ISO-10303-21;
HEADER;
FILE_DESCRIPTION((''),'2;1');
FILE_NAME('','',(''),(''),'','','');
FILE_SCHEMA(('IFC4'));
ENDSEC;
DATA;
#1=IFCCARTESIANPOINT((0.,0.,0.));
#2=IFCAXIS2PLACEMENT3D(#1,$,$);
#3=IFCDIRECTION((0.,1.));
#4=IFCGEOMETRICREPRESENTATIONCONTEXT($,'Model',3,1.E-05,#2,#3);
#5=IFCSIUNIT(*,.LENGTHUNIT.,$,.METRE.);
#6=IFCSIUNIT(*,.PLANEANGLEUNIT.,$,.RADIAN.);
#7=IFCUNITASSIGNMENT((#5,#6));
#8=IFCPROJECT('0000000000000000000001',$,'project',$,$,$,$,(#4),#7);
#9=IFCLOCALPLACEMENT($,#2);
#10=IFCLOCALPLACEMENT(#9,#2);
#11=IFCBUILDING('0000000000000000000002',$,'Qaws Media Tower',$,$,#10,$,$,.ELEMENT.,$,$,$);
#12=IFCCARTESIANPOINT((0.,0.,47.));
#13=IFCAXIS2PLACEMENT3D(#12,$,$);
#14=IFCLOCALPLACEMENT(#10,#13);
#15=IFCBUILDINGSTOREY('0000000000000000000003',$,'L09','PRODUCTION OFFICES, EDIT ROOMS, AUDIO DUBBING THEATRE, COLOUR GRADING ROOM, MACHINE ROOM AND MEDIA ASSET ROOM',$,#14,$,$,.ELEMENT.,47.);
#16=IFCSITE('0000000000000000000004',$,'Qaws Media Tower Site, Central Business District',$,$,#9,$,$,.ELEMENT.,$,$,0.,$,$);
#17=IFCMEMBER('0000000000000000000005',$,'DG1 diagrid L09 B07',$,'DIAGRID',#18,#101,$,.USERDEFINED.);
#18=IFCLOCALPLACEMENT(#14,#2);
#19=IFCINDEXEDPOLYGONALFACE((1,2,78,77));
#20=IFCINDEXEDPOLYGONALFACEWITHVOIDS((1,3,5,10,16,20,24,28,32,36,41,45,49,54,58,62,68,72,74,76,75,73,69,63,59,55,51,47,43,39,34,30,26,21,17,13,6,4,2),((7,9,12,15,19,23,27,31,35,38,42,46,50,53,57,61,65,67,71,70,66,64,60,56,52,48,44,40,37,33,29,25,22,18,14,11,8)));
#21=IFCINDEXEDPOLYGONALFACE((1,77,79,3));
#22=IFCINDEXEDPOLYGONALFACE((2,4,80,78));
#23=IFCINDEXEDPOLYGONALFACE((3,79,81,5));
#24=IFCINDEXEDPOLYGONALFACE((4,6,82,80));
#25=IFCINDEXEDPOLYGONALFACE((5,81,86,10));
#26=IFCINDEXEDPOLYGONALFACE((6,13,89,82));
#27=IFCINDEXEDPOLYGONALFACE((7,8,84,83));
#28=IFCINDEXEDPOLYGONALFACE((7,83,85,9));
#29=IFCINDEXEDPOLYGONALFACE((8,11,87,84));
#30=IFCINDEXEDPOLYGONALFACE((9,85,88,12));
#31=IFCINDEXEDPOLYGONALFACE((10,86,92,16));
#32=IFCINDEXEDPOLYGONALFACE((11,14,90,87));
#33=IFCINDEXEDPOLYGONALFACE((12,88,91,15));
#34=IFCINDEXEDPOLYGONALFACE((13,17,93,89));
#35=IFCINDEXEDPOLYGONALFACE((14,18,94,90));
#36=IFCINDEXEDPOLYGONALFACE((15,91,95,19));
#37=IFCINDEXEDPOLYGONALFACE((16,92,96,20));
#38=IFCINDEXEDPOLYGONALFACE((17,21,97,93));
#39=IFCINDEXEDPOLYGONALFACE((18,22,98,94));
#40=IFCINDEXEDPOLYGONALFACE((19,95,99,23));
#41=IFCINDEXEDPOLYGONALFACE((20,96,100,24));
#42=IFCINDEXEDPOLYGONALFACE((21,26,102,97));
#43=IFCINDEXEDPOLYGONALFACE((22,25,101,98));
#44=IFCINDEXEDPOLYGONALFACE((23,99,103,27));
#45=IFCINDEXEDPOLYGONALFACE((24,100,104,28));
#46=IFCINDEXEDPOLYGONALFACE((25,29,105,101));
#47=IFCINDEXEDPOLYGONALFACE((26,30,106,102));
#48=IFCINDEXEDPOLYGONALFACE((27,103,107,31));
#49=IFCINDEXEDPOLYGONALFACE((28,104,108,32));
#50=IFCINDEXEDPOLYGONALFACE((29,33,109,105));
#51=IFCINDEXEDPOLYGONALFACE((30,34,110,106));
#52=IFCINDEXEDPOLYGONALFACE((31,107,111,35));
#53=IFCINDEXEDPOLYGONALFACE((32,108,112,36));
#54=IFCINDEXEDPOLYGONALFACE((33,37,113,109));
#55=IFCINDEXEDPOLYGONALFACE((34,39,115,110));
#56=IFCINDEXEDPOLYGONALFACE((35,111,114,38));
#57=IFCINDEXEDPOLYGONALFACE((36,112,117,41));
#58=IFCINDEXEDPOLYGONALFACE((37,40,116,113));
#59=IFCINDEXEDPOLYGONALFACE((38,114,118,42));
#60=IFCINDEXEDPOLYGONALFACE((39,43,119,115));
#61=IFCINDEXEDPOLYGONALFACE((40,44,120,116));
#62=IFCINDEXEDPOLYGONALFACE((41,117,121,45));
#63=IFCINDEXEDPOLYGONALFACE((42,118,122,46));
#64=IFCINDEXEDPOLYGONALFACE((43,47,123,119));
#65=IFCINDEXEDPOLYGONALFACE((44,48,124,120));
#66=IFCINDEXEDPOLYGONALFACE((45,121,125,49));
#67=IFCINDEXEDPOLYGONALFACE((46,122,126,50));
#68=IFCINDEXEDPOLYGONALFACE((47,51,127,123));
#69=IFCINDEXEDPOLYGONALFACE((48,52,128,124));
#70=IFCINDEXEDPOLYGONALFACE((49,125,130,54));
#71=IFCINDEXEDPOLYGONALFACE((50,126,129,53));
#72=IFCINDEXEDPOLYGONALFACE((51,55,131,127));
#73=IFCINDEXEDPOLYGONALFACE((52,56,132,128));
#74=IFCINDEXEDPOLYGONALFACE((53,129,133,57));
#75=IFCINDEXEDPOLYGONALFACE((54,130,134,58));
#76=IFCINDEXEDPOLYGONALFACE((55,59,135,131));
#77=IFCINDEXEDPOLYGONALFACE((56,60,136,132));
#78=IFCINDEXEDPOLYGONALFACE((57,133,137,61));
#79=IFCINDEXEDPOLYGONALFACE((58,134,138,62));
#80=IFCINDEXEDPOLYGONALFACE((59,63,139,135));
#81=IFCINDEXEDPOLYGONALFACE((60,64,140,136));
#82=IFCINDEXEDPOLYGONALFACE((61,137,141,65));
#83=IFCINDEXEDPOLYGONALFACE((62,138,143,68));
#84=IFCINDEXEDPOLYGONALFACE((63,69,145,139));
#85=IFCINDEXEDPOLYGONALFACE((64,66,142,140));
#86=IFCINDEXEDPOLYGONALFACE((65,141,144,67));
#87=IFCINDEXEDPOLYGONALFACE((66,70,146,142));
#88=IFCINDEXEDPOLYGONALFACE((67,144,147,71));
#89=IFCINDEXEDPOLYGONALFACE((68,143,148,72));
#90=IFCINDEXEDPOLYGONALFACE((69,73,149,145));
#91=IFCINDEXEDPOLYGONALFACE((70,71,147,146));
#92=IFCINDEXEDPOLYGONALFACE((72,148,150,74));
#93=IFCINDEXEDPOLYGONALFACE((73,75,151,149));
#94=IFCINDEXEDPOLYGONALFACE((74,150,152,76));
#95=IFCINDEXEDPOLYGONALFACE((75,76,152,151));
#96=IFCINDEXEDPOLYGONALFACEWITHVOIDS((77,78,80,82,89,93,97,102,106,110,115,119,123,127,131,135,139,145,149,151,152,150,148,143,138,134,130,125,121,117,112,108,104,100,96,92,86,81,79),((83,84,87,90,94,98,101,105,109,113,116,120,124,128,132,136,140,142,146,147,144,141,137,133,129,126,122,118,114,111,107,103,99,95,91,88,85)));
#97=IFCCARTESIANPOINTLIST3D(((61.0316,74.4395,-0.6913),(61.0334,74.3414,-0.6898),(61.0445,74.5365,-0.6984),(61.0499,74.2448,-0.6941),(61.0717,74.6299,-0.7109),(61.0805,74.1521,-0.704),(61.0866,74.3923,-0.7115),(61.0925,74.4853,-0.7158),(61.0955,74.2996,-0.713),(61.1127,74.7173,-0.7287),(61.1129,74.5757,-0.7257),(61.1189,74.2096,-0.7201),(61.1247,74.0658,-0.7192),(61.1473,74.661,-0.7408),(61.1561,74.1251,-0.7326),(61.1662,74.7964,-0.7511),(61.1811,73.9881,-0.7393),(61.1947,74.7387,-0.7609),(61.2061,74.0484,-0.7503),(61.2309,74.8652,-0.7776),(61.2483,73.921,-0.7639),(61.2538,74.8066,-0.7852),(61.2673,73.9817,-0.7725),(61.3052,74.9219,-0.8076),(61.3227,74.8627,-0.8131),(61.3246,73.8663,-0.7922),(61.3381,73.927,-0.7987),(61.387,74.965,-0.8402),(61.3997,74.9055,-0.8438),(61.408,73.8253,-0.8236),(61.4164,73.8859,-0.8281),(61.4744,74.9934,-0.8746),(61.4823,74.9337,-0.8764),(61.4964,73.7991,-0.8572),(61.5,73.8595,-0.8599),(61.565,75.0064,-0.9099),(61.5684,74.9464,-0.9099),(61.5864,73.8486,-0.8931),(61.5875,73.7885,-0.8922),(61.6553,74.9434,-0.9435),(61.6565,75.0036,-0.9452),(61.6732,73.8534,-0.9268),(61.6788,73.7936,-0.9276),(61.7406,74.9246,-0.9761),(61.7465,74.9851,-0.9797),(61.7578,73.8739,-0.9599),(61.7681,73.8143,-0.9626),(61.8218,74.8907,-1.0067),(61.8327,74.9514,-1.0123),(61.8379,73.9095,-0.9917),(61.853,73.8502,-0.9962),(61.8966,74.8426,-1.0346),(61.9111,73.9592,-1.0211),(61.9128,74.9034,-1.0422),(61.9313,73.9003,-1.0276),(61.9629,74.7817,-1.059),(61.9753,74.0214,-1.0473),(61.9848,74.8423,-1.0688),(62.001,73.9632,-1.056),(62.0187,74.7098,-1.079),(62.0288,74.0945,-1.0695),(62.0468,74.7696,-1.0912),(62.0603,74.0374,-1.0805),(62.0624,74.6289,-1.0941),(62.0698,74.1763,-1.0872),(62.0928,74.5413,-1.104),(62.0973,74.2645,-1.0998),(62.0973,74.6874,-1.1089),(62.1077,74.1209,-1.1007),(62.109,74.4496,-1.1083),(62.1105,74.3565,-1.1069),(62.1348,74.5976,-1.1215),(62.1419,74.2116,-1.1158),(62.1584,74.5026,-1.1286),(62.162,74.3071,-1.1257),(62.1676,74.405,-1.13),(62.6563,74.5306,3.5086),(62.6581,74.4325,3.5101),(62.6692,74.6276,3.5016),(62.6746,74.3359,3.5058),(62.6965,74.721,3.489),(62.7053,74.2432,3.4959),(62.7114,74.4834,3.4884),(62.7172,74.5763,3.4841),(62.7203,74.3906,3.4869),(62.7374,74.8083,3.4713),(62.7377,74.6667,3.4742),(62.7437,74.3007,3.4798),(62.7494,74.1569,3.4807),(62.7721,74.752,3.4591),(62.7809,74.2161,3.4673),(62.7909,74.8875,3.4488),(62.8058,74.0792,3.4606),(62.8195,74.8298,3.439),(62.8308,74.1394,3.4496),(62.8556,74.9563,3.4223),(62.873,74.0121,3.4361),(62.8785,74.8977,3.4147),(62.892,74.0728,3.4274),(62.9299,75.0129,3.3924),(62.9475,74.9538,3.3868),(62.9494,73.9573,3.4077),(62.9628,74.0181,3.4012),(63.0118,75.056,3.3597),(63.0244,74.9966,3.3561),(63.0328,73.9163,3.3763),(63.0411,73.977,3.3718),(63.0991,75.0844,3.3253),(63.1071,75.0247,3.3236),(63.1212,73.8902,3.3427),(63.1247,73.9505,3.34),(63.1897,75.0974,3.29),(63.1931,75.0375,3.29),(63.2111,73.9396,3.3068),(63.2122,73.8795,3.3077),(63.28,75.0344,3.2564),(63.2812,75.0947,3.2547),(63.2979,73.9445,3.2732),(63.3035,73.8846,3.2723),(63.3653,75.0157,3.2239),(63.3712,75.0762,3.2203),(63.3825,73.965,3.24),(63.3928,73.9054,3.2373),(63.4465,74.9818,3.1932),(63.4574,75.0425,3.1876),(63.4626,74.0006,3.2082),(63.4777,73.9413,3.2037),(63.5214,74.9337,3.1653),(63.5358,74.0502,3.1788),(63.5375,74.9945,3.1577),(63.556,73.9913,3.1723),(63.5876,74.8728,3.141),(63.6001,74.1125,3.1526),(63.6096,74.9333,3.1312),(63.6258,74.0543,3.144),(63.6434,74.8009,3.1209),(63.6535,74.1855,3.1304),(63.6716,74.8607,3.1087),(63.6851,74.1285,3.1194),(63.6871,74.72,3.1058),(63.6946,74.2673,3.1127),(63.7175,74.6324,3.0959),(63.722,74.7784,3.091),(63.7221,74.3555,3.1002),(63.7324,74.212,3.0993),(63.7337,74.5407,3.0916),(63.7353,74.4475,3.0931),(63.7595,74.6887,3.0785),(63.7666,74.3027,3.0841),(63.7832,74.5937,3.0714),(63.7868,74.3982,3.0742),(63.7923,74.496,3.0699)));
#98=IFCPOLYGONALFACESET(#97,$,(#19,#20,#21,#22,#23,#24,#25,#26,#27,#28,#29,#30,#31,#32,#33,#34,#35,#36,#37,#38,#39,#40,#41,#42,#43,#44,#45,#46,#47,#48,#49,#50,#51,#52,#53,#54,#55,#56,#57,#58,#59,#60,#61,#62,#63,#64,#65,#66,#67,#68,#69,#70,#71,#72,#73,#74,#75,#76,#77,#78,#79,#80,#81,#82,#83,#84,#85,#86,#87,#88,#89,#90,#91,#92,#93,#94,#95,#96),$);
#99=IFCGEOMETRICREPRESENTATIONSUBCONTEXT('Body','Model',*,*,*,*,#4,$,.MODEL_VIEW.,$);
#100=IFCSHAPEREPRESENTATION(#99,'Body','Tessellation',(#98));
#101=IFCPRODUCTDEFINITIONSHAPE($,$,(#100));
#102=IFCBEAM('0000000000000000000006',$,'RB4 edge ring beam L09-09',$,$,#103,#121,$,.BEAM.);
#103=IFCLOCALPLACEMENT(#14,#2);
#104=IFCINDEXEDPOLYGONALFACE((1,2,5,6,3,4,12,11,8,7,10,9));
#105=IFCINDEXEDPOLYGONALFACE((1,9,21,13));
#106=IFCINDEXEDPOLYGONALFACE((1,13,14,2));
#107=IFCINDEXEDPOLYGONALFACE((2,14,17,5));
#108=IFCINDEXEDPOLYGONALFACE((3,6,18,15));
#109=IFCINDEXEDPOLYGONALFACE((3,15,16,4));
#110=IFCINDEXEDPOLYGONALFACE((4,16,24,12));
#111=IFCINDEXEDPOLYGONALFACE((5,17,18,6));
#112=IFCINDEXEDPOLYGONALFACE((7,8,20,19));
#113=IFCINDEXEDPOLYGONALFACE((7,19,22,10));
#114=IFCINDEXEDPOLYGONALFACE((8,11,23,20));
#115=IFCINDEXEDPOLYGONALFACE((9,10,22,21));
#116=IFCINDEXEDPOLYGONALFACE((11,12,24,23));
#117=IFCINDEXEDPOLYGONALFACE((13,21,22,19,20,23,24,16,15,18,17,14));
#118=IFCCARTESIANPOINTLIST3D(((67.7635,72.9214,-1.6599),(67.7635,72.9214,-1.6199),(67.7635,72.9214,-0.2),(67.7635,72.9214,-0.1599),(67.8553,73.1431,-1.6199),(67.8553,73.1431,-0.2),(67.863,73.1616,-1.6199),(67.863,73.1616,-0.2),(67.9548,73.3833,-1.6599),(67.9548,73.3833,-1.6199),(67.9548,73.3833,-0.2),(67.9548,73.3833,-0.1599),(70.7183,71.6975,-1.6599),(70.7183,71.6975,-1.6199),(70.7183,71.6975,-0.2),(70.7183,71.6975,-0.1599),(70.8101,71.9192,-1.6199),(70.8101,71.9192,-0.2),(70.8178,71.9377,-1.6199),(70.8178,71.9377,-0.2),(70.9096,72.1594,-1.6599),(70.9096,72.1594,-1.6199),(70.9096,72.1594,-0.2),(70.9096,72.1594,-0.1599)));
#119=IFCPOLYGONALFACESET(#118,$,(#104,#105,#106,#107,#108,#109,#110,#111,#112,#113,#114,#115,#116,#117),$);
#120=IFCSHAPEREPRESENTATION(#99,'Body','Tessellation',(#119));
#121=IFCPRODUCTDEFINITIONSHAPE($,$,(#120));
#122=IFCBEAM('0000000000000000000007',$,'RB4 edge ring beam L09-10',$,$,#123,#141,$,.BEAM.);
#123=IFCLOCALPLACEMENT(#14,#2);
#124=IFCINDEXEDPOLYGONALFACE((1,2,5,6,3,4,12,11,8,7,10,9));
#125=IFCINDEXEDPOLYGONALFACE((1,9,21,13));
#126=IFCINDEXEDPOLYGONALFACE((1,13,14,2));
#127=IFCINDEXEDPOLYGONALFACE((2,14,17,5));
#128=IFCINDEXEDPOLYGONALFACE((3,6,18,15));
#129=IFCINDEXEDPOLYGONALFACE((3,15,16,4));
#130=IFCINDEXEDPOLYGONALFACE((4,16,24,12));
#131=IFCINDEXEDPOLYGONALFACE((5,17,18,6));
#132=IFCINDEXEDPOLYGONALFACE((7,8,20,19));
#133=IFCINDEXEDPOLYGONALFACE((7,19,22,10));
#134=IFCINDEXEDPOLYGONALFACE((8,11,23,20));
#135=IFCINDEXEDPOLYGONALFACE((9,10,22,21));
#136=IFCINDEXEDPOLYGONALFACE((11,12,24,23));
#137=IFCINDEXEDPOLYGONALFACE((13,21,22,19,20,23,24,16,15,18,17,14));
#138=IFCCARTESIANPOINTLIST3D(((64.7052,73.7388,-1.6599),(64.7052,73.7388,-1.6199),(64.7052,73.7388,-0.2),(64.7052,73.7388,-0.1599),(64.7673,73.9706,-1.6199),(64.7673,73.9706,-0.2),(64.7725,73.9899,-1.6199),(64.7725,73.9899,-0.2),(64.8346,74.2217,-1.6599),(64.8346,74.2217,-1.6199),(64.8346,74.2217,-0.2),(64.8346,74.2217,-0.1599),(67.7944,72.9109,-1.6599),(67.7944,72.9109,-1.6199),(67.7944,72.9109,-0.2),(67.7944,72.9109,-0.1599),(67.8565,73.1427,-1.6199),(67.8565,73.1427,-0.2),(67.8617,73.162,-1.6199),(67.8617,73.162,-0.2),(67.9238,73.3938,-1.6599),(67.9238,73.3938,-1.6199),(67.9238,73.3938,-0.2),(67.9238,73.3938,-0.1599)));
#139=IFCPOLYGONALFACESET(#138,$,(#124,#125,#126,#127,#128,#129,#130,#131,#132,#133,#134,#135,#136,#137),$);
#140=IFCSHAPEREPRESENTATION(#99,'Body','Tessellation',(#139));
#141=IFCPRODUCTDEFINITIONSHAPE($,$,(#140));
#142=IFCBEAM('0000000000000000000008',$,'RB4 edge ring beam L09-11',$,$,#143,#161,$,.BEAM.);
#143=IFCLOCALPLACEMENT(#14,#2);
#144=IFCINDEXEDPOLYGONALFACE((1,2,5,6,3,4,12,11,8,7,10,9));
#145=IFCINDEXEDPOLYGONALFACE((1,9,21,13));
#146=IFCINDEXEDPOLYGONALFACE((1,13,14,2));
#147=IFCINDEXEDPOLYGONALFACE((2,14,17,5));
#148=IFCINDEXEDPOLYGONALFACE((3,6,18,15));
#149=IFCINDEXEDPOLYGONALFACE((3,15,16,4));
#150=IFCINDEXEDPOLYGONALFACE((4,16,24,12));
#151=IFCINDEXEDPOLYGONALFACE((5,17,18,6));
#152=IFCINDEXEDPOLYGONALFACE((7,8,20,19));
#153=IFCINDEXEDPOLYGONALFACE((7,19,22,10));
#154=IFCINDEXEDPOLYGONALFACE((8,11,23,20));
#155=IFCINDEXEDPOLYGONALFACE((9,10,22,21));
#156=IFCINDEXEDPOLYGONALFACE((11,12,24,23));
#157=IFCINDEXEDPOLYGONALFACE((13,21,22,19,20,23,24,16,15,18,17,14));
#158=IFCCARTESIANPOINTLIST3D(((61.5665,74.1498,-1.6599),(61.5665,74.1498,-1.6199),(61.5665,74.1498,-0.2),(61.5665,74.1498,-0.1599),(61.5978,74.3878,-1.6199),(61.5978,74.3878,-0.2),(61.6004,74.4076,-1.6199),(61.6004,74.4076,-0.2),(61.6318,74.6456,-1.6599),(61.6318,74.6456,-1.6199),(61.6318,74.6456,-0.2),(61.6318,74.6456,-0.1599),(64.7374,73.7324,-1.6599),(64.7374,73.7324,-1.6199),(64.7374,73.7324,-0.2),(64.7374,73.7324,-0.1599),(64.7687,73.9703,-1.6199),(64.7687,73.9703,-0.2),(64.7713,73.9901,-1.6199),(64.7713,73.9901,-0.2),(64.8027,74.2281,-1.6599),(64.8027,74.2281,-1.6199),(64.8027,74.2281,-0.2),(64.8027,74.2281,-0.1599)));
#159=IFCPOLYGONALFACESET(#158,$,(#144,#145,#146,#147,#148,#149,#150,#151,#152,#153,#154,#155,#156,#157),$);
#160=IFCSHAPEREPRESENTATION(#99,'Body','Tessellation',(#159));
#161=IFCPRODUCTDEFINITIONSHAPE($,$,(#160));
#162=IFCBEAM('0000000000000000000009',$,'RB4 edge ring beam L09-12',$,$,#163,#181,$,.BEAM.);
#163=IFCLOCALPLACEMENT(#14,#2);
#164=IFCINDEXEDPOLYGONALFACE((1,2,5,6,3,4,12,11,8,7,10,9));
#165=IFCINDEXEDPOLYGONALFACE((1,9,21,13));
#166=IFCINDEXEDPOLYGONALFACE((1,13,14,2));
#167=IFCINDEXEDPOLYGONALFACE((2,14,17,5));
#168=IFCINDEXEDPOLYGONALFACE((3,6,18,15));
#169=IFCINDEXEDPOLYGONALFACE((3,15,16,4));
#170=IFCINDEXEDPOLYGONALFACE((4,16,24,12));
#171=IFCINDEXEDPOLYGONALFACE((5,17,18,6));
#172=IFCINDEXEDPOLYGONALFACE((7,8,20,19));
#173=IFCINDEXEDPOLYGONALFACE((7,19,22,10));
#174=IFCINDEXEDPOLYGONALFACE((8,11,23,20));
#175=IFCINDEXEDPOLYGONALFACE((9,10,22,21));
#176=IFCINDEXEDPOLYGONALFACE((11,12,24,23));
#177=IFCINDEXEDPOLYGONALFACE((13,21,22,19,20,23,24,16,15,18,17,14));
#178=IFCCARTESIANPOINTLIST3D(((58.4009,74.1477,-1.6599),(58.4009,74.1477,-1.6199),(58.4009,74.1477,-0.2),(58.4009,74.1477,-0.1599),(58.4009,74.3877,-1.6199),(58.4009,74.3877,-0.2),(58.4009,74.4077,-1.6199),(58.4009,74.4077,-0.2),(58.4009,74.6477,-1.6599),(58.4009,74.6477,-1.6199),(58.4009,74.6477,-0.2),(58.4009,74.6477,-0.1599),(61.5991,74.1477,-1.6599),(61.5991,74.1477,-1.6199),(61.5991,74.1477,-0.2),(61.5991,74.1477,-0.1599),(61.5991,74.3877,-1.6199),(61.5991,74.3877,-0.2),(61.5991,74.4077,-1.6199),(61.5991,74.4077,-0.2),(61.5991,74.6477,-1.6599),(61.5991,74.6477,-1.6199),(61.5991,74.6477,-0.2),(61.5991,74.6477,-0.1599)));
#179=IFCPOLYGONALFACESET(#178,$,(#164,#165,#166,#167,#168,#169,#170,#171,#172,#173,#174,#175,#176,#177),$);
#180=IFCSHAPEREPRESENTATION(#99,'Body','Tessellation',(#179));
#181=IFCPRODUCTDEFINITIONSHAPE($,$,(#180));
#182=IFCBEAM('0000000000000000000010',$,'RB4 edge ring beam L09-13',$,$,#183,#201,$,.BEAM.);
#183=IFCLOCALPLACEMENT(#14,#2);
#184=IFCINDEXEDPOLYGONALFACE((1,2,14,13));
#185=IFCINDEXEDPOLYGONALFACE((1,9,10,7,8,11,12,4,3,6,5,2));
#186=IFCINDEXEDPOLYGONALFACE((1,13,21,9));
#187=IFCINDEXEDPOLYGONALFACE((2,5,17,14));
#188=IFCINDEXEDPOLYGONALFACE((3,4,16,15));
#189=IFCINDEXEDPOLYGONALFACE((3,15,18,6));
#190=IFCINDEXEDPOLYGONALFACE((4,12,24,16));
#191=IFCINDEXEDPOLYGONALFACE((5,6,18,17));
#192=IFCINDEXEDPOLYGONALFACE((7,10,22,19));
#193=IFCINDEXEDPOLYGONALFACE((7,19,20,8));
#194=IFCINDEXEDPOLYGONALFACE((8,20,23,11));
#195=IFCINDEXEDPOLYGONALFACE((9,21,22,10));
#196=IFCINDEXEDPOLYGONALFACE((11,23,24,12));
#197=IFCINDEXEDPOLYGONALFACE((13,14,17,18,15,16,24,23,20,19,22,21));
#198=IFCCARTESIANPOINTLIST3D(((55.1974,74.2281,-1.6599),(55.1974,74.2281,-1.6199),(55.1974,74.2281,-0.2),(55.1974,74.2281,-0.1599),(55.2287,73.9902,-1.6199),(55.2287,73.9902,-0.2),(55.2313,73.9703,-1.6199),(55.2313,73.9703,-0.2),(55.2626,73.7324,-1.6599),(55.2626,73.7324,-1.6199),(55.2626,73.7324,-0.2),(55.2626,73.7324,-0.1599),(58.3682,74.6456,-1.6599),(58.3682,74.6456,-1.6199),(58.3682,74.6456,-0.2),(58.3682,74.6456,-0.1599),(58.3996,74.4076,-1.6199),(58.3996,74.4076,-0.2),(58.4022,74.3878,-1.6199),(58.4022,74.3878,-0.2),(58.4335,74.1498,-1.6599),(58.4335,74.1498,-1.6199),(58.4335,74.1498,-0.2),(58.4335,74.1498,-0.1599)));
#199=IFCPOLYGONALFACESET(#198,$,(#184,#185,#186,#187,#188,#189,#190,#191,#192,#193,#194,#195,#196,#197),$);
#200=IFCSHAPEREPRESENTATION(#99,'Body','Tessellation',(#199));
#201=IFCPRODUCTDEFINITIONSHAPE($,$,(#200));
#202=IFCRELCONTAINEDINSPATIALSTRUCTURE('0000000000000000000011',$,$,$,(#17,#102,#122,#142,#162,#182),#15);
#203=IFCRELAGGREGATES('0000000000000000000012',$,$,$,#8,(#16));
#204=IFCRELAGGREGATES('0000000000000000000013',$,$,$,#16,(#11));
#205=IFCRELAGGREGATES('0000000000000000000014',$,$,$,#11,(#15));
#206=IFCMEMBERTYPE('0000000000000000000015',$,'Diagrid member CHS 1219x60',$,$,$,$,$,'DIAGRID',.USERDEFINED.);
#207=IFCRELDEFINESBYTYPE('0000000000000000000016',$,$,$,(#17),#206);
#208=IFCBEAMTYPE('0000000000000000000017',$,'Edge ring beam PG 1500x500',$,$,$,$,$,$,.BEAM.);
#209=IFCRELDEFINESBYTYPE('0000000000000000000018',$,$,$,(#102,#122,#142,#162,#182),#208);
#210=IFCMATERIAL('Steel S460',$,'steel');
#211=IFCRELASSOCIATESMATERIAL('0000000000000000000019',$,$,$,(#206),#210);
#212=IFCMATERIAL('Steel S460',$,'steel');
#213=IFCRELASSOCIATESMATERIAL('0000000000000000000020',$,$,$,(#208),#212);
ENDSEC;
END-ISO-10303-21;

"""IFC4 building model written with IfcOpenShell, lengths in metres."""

from ifc_helpers import new_model, si_unit, direction, frame, origin, origin_2d, place, context, subcontext, project, spatial, hollow_circle, i_section, extrude, material, material_profile, profile_set, type_object, element, save


model = new_model("IFC4")

# Units and contexts
model_context = context("Model", 3, precision=1e-05, world=origin(), true_north=direction((0.0, 1.0)))
body_context = subcontext(model_context, "Body", "Model", "MODEL_VIEW")
ifc_project = project(units=[si_unit("LENGTHUNIT", "METRE"), si_unit("PLANEANGLEUNIT", "RADIAN")], contexts=[model_context])

# Site, building, storey
site_placement = place(None, origin())
site = spatial("IfcSite", under=ifc_project, at=site_placement, Name="Qaws Media Tower Site, Central Business District", CompositionType="ELEMENT", RefElevation=0.0)
building_placement = place(site_placement, origin())
building = spatial("IfcBuilding", under=site, at=building_placement, Name="Qaws Media Tower", CompositionType="ELEMENT")
storey_placement = place(building_placement, frame((0.0, 0.0, 47.0)))
storey = spatial("IfcBuildingStorey", under=building, at=storey_placement, Name="L09", Description="PRODUCTION OFFICES, EDIT ROOMS, AUDIO DUBBING THEATRE, COLOUR GRADING ROOM, MACHINE ROOM AND MEDIA ASSET ROOM", CompositionType="ELEMENT", Elevation=47.0)

# Member
ifc_material_1 = material(Name="Steel S460", Category="steel")
ifc_material_profile_1 = material_profile(ifc_material_1, hollow_circle(Radius=0.6096, WallThickness=0.0601, at=origin_2d()), Name="CHS 1219x60")
ifc_profile_set_1 = profile_set([ifc_material_profile_1], Name="Steel S460")
member_type_1 = type_object("IfcMemberType", Name="Diagrid member CHS 1219x60", ElementType="DIAGRID", PredefinedType="USERDEFINED", material=ifc_profile_set_1)
for number, where, z_axis, x_axis, name in (
    (1, (61.5991, 74.3977, -0.9099), (0.360721, 0.020218, 0.932455), (-0.05596, 0.998433, 0.0), "DG1 diagrid L09 B07"),
):
    element("IfcMember", number, at=place(storey_placement, frame(where, z_axis=z_axis, x_axis=x_axis)), inside=storey, type_object=member_type_1, Name=name, ObjectType="DIAGRID", PredefinedType="USERDEFINED", context=body_context, shape_type="SweptSolid", body=[
        extrude(hollow_circle(Radius=0.6096, WallThickness=0.0601, at=origin_2d()), origin(), (0.0, 0.0, 1.0), 4.5042),
    ])

# Beams
ifc_material_2 = material(Name="Steel S460", Category="steel")
ifc_material_profile_2 = material_profile(ifc_material_2, i_section(OverallWidth=0.5, OverallDepth=1.5, WebThickness=0.02, FlangeThickness=0.04, at=origin_2d()), Name="PG 1500x500")
ifc_profile_set_2 = profile_set([ifc_material_profile_2], Name="Steel S460")
beam_type = type_object("IfcBeamType", Name="Edge ring beam PG 1500x500", PredefinedType="BEAM", material=ifc_profile_set_2)
for number, where, z_axis, x_axis, name in (
    (2, (70.814, 71.9285, -0.9099), (-0.923886, 0.382669, 0.0), (-0.382669, -0.923886, 0.0), "RB4 edge ring beam L09-09"),
    (3, (67.8591, 73.1523, -0.9099), (-0.965914, 0.258865, 0.0), (-0.258865, -0.965914, 0.0), "RB4 edge ring beam L09-10"),
    (4, (64.77, 73.9802, -0.9099), (-0.991444, 0.130533, 0.0), (-0.130533, -0.991444, 0.0), "RB4 edge ring beam L09-11"),
    (5, (61.5991, 74.3977, -0.9099), (-1.0, 0.0, 0.0), (0.0, -1.0, 0.0), "RB4 edge ring beam L09-12"),
    (6, (58.4009, 74.3977, -0.9099), (-0.991444, -0.130533, 0.0), (0.130533, -0.991444, 0.0), "RB4 edge ring beam L09-13"),
):
    element("IfcBeam", number, at=place(storey_placement, frame(where, z_axis=z_axis, x_axis=x_axis)), inside=storey, type_object=beam_type, Name=name, PredefinedType="BEAM", context=body_context, shape_type="SweptSolid", body=[
        extrude(i_section(OverallWidth=0.5, OverallDepth=1.5, WebThickness=0.02, FlangeThickness=0.04, at=origin_2d()), origin(), (0.0, 0.0, 1.0), 3.1982),
    ])

save(model, "model.ifc")
